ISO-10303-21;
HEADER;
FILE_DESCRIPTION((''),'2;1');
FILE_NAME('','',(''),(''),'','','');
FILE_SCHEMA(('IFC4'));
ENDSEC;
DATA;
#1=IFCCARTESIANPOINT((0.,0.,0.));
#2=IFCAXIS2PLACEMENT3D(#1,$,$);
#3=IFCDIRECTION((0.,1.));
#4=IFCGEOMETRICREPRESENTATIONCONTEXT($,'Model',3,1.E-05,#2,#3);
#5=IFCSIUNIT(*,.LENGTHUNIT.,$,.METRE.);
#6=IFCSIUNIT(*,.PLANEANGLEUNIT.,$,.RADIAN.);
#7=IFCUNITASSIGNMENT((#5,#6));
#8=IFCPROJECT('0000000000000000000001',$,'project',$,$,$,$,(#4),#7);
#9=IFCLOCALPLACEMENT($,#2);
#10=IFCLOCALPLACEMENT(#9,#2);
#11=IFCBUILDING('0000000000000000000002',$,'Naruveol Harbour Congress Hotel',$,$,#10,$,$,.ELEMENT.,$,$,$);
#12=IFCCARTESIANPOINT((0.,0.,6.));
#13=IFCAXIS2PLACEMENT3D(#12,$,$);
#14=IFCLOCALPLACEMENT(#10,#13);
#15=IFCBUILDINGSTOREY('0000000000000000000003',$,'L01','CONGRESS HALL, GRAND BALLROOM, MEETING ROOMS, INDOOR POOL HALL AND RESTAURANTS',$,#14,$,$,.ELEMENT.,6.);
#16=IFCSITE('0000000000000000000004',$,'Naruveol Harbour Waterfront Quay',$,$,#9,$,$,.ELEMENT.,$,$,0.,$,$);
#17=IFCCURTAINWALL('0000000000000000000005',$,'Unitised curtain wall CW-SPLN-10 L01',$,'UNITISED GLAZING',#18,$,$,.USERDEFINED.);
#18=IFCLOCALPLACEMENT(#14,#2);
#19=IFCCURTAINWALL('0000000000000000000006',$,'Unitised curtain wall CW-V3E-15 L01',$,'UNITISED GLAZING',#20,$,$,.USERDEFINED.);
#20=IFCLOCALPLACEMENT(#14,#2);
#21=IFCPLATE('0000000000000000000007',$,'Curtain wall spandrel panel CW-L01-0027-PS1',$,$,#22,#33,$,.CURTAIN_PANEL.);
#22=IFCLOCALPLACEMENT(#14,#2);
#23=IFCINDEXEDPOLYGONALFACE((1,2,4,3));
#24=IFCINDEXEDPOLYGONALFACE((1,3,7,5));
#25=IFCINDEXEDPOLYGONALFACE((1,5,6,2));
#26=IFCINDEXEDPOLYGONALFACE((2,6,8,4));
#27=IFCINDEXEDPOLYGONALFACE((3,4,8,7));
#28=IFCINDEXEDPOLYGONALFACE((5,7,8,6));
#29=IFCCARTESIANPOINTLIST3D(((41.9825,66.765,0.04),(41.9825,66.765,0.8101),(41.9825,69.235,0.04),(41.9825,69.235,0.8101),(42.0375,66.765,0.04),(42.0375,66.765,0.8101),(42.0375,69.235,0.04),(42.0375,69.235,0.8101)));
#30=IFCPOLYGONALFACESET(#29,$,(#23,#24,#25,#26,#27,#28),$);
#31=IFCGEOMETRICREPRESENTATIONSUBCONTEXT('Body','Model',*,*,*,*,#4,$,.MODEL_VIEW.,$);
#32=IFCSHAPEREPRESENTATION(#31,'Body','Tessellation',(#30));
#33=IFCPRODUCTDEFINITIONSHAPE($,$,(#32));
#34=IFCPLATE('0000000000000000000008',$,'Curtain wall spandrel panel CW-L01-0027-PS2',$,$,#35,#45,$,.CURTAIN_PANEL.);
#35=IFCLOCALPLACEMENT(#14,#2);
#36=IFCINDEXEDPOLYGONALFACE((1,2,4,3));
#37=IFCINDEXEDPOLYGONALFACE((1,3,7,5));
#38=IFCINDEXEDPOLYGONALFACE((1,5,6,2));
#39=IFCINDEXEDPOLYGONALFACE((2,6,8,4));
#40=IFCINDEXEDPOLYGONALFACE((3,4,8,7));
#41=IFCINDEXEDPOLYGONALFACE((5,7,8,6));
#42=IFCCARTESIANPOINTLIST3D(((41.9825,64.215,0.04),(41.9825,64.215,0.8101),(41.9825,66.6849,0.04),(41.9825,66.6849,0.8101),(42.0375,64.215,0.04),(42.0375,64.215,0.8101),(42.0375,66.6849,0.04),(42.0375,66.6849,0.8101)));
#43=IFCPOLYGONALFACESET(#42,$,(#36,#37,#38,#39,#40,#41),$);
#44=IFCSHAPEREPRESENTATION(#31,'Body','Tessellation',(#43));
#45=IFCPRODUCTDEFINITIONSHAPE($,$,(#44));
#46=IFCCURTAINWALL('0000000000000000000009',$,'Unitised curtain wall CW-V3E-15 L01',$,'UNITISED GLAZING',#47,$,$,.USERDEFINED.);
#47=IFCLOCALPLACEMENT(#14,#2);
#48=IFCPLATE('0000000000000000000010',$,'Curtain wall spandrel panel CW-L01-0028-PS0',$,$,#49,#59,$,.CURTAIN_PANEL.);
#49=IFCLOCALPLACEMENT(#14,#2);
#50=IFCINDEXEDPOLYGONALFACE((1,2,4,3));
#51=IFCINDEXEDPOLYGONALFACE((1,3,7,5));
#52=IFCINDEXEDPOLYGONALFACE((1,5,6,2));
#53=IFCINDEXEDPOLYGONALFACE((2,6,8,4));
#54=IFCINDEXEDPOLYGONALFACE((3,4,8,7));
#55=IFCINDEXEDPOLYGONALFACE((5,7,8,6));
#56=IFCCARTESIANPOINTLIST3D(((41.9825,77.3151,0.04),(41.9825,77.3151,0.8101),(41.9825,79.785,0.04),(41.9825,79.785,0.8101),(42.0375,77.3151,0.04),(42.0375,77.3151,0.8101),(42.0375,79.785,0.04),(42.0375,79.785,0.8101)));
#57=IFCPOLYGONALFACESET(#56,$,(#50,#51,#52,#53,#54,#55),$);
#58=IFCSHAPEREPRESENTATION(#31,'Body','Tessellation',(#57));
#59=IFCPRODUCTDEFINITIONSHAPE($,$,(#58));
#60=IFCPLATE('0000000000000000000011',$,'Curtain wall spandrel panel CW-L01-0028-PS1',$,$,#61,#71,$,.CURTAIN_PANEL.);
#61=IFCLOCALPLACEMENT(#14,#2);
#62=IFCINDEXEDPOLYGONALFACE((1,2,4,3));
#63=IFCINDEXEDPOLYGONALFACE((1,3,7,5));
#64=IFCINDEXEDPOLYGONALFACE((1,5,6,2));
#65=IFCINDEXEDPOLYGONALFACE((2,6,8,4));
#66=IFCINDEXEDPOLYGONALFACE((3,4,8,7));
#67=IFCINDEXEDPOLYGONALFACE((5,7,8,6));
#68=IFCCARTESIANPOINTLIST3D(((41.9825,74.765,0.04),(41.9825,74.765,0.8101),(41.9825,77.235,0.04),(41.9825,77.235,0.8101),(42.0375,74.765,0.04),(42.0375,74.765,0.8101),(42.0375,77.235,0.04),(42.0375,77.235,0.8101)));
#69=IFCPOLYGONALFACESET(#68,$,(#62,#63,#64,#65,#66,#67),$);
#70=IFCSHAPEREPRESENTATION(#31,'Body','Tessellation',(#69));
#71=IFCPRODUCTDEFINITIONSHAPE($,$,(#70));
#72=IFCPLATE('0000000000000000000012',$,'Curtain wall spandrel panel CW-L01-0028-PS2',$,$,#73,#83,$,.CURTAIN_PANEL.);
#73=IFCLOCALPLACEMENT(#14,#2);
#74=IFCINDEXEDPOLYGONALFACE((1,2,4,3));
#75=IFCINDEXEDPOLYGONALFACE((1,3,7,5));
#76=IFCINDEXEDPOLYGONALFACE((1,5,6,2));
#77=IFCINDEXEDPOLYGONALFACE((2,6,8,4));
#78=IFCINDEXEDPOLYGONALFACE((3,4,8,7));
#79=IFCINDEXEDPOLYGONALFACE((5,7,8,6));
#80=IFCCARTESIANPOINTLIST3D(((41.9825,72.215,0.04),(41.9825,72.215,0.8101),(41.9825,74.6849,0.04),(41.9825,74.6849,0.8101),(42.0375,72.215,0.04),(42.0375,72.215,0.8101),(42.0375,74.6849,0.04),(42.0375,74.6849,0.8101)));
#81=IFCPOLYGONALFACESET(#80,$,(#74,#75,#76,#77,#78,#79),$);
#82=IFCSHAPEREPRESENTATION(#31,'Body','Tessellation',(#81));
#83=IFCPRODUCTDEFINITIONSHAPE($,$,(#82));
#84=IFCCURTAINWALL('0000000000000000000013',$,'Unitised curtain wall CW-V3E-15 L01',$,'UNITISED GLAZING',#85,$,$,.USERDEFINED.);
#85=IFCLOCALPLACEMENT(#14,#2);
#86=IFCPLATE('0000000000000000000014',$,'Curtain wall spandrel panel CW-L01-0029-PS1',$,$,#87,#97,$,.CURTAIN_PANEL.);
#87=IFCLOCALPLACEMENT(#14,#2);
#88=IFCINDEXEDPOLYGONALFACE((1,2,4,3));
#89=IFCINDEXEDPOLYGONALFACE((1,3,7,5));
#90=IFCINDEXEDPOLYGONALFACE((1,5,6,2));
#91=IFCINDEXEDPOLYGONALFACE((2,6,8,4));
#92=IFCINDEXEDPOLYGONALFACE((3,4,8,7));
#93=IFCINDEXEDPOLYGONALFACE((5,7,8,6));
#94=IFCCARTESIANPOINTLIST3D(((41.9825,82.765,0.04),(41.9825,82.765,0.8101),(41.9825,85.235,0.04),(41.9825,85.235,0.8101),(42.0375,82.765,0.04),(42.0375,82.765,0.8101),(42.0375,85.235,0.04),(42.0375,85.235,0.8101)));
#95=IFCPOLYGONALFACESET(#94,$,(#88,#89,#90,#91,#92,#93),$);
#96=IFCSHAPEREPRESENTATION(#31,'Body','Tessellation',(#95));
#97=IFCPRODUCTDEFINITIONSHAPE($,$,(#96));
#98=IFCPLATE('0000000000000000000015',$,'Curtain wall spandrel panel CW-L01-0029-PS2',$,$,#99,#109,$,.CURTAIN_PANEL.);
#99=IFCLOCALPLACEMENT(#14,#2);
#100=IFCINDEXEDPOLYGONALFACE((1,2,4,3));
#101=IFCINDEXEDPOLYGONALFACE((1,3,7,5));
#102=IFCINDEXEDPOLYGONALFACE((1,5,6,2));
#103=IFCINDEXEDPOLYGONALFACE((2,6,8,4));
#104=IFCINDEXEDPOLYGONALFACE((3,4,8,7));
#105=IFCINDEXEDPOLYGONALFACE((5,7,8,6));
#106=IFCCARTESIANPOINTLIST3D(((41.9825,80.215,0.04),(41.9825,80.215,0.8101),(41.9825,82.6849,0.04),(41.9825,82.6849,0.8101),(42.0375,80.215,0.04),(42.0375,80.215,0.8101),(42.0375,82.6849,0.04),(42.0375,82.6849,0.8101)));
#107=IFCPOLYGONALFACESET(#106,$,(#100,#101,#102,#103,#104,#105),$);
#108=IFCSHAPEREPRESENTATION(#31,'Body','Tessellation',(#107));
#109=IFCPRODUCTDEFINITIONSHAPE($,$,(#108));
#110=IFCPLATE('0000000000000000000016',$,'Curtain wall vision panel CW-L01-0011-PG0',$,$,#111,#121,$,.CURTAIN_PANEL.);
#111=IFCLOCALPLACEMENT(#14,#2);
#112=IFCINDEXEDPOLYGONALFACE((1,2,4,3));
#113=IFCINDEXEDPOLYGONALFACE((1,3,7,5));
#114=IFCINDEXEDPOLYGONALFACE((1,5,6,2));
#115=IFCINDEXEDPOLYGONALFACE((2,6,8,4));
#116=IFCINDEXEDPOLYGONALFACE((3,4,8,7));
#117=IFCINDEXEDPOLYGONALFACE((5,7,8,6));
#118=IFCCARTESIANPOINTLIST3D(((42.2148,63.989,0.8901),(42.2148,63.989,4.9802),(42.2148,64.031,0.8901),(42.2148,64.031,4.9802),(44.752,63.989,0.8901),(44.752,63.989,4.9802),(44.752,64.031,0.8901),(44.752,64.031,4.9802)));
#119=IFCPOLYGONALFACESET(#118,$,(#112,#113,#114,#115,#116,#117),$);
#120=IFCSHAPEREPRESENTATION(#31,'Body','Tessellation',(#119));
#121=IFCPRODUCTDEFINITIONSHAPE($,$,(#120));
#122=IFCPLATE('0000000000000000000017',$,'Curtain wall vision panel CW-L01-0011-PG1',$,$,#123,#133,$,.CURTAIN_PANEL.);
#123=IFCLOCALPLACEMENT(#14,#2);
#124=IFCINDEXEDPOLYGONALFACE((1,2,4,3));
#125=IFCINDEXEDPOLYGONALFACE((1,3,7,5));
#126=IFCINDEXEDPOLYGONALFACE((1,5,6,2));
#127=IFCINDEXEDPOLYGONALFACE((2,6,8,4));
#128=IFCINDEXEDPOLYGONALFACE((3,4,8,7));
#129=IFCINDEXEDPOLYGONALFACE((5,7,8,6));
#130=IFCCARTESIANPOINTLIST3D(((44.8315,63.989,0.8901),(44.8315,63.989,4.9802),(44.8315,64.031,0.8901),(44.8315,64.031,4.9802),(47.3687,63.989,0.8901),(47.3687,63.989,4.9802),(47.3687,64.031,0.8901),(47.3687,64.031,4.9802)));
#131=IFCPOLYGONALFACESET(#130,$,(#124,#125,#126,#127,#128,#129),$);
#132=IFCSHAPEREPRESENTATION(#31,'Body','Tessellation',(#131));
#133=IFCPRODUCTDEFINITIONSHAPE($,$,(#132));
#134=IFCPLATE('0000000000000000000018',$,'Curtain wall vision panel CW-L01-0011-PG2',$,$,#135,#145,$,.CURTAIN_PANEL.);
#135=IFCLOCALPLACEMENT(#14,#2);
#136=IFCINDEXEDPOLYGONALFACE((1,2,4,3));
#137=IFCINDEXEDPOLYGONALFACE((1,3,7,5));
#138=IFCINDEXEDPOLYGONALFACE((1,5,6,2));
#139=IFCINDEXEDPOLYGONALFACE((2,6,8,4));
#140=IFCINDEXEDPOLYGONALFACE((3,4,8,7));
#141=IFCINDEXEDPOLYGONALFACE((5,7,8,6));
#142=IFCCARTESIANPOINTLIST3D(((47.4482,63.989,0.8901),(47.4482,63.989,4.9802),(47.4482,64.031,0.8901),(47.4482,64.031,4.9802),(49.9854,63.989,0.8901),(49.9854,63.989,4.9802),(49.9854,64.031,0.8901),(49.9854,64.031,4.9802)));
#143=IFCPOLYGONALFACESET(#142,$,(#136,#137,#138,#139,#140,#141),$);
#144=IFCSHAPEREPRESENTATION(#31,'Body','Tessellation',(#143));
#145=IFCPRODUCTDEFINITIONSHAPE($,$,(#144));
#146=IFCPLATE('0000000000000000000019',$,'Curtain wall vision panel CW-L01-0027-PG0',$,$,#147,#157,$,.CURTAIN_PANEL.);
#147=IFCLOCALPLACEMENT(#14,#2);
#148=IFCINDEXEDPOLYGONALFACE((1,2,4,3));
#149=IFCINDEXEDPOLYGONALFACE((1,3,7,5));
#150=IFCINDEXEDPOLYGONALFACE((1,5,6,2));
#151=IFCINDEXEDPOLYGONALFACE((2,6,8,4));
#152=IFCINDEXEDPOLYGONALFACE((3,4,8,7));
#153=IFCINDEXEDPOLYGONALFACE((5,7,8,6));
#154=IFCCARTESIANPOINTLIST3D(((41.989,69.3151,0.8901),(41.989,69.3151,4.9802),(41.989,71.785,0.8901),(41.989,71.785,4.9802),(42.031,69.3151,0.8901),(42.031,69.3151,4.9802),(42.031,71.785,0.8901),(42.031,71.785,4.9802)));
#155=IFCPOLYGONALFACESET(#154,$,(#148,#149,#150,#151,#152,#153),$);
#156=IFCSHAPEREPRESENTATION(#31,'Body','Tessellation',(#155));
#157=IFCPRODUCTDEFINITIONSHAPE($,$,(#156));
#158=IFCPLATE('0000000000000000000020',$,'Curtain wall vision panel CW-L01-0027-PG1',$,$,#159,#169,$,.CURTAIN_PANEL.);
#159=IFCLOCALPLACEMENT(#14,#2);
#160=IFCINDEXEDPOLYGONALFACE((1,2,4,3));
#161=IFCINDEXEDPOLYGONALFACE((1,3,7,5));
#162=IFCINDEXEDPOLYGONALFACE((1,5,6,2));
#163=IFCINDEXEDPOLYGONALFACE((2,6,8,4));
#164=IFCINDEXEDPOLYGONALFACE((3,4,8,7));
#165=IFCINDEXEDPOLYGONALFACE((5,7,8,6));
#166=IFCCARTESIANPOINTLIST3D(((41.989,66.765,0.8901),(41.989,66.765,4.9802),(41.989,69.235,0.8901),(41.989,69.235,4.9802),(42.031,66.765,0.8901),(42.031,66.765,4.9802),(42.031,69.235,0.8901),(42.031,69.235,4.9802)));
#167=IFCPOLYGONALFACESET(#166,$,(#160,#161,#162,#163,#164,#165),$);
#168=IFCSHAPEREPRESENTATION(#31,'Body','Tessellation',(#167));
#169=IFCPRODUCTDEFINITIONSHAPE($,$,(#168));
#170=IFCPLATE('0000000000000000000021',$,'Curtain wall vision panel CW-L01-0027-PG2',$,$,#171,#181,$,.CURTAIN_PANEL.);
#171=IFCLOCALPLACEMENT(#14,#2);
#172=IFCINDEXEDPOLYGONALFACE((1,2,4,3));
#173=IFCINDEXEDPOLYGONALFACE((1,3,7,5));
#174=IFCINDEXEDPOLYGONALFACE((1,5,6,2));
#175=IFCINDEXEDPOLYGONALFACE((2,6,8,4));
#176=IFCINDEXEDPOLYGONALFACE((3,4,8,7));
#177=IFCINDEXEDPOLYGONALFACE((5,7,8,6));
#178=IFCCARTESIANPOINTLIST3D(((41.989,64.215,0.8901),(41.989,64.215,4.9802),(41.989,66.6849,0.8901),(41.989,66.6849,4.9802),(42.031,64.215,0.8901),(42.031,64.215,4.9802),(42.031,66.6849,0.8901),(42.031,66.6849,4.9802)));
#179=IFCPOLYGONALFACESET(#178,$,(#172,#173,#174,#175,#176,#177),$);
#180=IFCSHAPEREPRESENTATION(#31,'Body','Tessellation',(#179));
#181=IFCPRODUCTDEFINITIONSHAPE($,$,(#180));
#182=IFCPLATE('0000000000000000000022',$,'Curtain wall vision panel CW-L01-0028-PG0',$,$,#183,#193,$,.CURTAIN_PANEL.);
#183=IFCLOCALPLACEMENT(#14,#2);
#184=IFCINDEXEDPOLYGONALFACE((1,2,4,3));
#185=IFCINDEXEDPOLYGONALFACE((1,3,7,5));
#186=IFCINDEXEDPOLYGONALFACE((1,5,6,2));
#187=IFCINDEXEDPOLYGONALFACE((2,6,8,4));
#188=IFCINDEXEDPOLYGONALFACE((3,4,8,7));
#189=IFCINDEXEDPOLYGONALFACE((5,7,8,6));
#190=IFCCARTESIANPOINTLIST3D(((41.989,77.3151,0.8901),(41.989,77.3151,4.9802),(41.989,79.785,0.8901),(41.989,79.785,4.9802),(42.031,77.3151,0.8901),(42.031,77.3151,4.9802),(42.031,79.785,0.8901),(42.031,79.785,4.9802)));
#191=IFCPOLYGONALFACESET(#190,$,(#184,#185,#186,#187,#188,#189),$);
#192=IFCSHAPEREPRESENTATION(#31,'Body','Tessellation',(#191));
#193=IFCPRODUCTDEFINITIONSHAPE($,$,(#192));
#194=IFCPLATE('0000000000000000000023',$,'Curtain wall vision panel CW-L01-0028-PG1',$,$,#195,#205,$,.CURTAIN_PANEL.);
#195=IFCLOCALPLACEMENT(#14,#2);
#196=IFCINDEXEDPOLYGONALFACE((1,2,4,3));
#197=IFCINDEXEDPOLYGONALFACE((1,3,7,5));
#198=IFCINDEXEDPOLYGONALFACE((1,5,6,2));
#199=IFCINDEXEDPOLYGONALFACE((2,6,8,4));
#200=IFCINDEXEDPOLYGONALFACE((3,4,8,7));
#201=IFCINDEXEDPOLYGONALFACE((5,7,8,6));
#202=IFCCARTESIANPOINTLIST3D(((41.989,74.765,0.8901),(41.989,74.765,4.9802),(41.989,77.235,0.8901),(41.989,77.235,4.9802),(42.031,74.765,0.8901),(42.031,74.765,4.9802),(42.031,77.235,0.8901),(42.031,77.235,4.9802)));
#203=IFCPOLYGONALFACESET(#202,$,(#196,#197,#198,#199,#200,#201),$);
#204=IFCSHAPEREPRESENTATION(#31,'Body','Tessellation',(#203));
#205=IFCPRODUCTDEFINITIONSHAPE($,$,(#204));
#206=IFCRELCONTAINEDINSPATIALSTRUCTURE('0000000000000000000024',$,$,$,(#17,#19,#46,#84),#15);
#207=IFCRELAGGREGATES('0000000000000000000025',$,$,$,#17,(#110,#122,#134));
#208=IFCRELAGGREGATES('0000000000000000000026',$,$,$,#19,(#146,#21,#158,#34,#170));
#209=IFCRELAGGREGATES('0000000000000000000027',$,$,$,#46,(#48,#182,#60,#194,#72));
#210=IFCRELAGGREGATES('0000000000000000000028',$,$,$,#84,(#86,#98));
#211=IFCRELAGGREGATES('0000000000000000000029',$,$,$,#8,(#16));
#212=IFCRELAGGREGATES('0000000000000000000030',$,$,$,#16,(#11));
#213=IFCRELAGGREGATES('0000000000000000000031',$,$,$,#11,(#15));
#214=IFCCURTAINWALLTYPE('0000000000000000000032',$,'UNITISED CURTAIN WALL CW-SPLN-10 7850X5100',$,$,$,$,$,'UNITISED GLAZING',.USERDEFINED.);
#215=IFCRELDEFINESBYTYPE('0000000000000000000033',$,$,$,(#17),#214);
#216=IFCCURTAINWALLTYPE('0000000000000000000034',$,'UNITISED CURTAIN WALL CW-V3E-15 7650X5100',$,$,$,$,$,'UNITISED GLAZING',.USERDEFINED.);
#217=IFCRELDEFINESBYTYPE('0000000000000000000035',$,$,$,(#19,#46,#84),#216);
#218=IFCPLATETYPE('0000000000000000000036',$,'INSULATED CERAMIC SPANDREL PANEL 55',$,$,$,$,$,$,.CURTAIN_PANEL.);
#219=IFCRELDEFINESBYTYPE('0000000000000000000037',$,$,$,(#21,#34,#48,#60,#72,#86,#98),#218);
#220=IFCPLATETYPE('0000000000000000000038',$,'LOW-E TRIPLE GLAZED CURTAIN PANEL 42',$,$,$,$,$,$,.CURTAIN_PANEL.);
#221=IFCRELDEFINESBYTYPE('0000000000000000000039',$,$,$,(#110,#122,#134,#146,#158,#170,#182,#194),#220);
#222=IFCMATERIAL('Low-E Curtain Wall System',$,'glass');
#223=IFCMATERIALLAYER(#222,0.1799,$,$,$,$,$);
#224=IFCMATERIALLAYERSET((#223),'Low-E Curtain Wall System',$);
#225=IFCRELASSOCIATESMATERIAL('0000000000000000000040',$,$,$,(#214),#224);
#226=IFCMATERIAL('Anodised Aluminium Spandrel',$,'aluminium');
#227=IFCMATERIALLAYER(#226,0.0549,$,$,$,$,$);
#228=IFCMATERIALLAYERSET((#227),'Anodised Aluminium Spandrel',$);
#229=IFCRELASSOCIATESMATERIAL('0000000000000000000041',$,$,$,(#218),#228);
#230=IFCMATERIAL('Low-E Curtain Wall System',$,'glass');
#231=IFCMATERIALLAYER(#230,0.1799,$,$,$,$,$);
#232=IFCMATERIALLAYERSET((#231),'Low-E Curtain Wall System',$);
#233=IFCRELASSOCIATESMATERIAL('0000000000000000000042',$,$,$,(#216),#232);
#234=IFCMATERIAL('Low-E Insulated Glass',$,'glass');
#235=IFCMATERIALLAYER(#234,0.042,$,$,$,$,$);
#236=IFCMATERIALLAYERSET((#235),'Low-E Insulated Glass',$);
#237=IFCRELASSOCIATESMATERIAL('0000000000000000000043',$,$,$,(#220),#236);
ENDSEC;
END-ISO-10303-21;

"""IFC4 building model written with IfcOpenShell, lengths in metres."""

from ifc_helpers import new_model, si_unit, direction, frame, origin, origin_2d, place, context, subcontext, project, spatial, rectangle, extrude, material, layer, layer_set, type_object, element, aggregate, save


model = new_model("IFC4")

# Units and contexts
model_context = context("Model", 3, precision=1e-05, world=origin(), true_north=direction((0.0, 1.0)))
body_context = subcontext(model_context, "Body", "Model", "MODEL_VIEW")
ifc_project = project(units=[si_unit("LENGTHUNIT", "METRE"), si_unit("PLANEANGLEUNIT", "RADIAN")], contexts=[model_context])

# Site, building, storey
site_placement = place(None, origin())
site = spatial("IfcSite", under=ifc_project, at=site_placement, Name="Naruveol Harbour Waterfront Quay", CompositionType="ELEMENT", RefElevation=0.0)
building_placement = place(site_placement, origin())
building = spatial("IfcBuilding", under=site, at=building_placement, Name="Naruveol Harbour Congress Hotel", CompositionType="ELEMENT")
storey_placement = place(building_placement, frame((0.0, 0.0, 6.0)))
storey = spatial("IfcBuildingStorey", under=building, at=storey_placement, Name="L01", Description="CONGRESS HALL, GRAND BALLROOM, MEETING ROOMS, INDOOR POOL HALL AND RESTAURANTS", CompositionType="ELEMENT", Elevation=6.0)

# Curtain wall
ifc_material_1 = material(Name="Low-E Curtain Wall System", Category="glass")
ifc_layer_1 = layer(ifc_material_1, 0.1799)
ifc_layer_set_1 = layer_set([ifc_layer_1], Name="Low-E Curtain Wall System")
curtain_wall_type_1 = type_object("IfcCurtainWallType", Name="UNITISED CURTAIN WALL CW-SPLN-10 7850X5100", ElementType="UNITISED GLAZING", PredefinedType="USERDEFINED", material=ifc_layer_set_1)
curtain_wall_1_placement = place(storey_placement, origin())
curtain_wall_1 = element("IfcCurtainWall", 1, at=curtain_wall_1_placement, inside=storey, type_object=curtain_wall_type_1, Name="Unitised curtain wall CW-SPLN-10 L01", ObjectType="UNITISED GLAZING", PredefinedType="USERDEFINED")
ifc_material_2 = material(Name="Anodised Aluminium Spandrel", Category="aluminium")
ifc_layer_2 = layer(ifc_material_2, 0.0549)
ifc_layer_set_2 = layer_set([ifc_layer_2], Name="Anodised Aluminium Spandrel")
plate_type_1 = type_object("IfcPlateType", Name="INSULATED CERAMIC SPANDREL PANEL 55", PredefinedType="CURTAIN_PANEL", material=ifc_layer_set_2)

# Curtain walls, plates
ifc_material_3 = material(Name="Low-E Curtain Wall System", Category="glass")
ifc_layer_3 = layer(ifc_material_3, 0.1799)
ifc_layer_set_3 = layer_set([ifc_layer_3], Name="Low-E Curtain Wall System")
curtain_wall_type_2 = type_object("IfcCurtainWallType", Name="UNITISED CURTAIN WALL CW-V3E-15 7650X5100", ElementType="UNITISED GLAZING", PredefinedType="USERDEFINED", material=ifc_layer_set_3)
curtain_wall_2_placement = place(storey_placement, origin())
curtain_wall_2 = element("IfcCurtainWall", 2, at=curtain_wall_2_placement, inside=storey, type_object=curtain_wall_type_2, Name="Unitised curtain wall CW-V3E-15 L01", ObjectType="UNITISED GLAZING", PredefinedType="USERDEFINED")
plate_1_placement = place(storey_placement, frame((42.01, 68.0, 0.04), z_axis=(0.0, 0.0, 1.0), x_axis=(0.0, -1.0, 0.0)))
plate_1 = element("IfcPlate", 3, at=plate_1_placement, type_object=plate_type_1, Name="Curtain wall spandrel panel CW-L01-0027-PS1", PredefinedType="CURTAIN_PANEL", context=body_context, shape_type="SweptSolid", body=[
    extrude(rectangle(XDim=2.47, YDim=0.0549, at=origin_2d()), origin(), (0.0, 0.0, 1.0), 0.77),
])
plate_2_placement = place(storey_placement, frame((42.01, 65.45, 0.04), z_axis=(0.0, 0.0, 1.0), x_axis=(0.0, -1.0, 0.0)))
plate_2 = element("IfcPlate", 4, at=plate_2_placement, type_object=plate_type_1, Name="Curtain wall spandrel panel CW-L01-0027-PS2", PredefinedType="CURTAIN_PANEL", context=body_context, shape_type="SweptSolid", body=[
    extrude(rectangle(XDim=2.47, YDim=0.0549, at=origin_2d()), origin(), (0.0, 0.0, 1.0), 0.77),
])
curtain_wall_3_placement = place(storey_placement, origin())
curtain_wall_3 = element("IfcCurtainWall", 5, at=curtain_wall_3_placement, inside=storey, type_object=curtain_wall_type_2, Name="Unitised curtain wall CW-V3E-15 L01", ObjectType="UNITISED GLAZING", PredefinedType="USERDEFINED")
plate_3_placement = place(storey_placement, frame((42.01, 78.55, 0.04), z_axis=(0.0, 0.0, 1.0), x_axis=(0.0, -1.0, 0.0)))
plate_3 = element("IfcPlate", 6, at=plate_3_placement, type_object=plate_type_1, Name="Curtain wall spandrel panel CW-L01-0028-PS0", PredefinedType="CURTAIN_PANEL", context=body_context, shape_type="SweptSolid", body=[
    extrude(rectangle(XDim=2.47, YDim=0.0549, at=origin_2d()), origin(), (0.0, 0.0, 1.0), 0.77),
])
plate_4_placement = place(storey_placement, frame((42.01, 76.0, 0.04), z_axis=(0.0, 0.0, 1.0), x_axis=(0.0, -1.0, 0.0)))
plate_4 = element("IfcPlate", 7, at=plate_4_placement, type_object=plate_type_1, Name="Curtain wall spandrel panel CW-L01-0028-PS1", PredefinedType="CURTAIN_PANEL", context=body_context, shape_type="SweptSolid", body=[
    extrude(rectangle(XDim=2.47, YDim=0.0549, at=origin_2d()), origin(), (0.0, 0.0, 1.0), 0.77),
])
plate_5_placement = place(storey_placement, frame((42.01, 73.45, 0.04), z_axis=(0.0, 0.0, 1.0), x_axis=(0.0, -1.0, 0.0)))
plate_5 = element("IfcPlate", 8, at=plate_5_placement, type_object=plate_type_1, Name="Curtain wall spandrel panel CW-L01-0028-PS2", PredefinedType="CURTAIN_PANEL", context=body_context, shape_type="SweptSolid", body=[
    extrude(rectangle(XDim=2.47, YDim=0.0549, at=origin_2d()), origin(), (0.0, 0.0, 1.0), 0.77),
])
curtain_wall_4_placement = place(storey_placement, origin())
curtain_wall_4 = element("IfcCurtainWall", 9, at=curtain_wall_4_placement, inside=storey, type_object=curtain_wall_type_2, Name="Unitised curtain wall CW-V3E-15 L01", ObjectType="UNITISED GLAZING", PredefinedType="USERDEFINED")
plate_6_placement = place(storey_placement, frame((42.01, 84.0, 0.04), z_axis=(0.0, 0.0, 1.0), x_axis=(0.0, -1.0, 0.0)))
plate_6 = element("IfcPlate", 10, at=plate_6_placement, type_object=plate_type_1, Name="Curtain wall spandrel panel CW-L01-0029-PS1", PredefinedType="CURTAIN_PANEL", context=body_context, shape_type="SweptSolid", body=[
    extrude(rectangle(XDim=2.47, YDim=0.0549, at=origin_2d()), origin(), (0.0, 0.0, 1.0), 0.77),
])
plate_7_placement = place(storey_placement, frame((42.01, 81.45, 0.04), z_axis=(0.0, 0.0, 1.0), x_axis=(0.0, -1.0, 0.0)))
plate_7 = element("IfcPlate", 11, at=plate_7_placement, type_object=plate_type_1, Name="Curtain wall spandrel panel CW-L01-0029-PS2", PredefinedType="CURTAIN_PANEL", context=body_context, shape_type="SweptSolid", body=[
    extrude(rectangle(XDim=2.47, YDim=0.0549, at=origin_2d()), origin(), (0.0, 0.0, 1.0), 0.77),
])

# Plates
ifc_material_4 = material(Name="Low-E Insulated Glass", Category="glass")
ifc_layer_4 = layer(ifc_material_4, 0.042)
ifc_layer_set_4 = layer_set([ifc_layer_4], Name="Low-E Insulated Glass")
plate_type_2 = type_object("IfcPlateType", Name="LOW-E TRIPLE GLAZED CURTAIN PANEL 42", PredefinedType="CURTAIN_PANEL", material=ifc_layer_set_4)
plate_8_placement = place(storey_placement, frame((43.4834, 64.01, 0.8901), z_axis=(0.0, 0.0, 1.0), x_axis=(1.0, 0.0, 0.0)))
plate_8 = element("IfcPlate", 12, at=plate_8_placement, type_object=plate_type_2, Name="Curtain wall vision panel CW-L01-0011-PG0", PredefinedType="CURTAIN_PANEL", context=body_context, shape_type="SweptSolid", body=[
    extrude(rectangle(XDim=2.5371, YDim=0.042, at=origin_2d()), origin(), (0.0, 0.0, 1.0), 4.0901),
])
plate_9_placement = place(storey_placement, frame((46.1001, 64.01, 0.8901), z_axis=(0.0, 0.0, 1.0), x_axis=(1.0, 0.0, 0.0)))
plate_9 = element("IfcPlate", 13, at=plate_9_placement, type_object=plate_type_2, Name="Curtain wall vision panel CW-L01-0011-PG1", PredefinedType="CURTAIN_PANEL", context=body_context, shape_type="SweptSolid", body=[
    extrude(rectangle(XDim=2.5371, YDim=0.042, at=origin_2d()), origin(), (0.0, 0.0, 1.0), 4.0901),
])
plate_10_placement = place(storey_placement, frame((48.7168, 64.01, 0.8901), z_axis=(0.0, 0.0, 1.0), x_axis=(1.0, 0.0, 0.0)))
plate_10 = element("IfcPlate", 14, at=plate_10_placement, type_object=plate_type_2, Name="Curtain wall vision panel CW-L01-0011-PG2", PredefinedType="CURTAIN_PANEL", context=body_context, shape_type="SweptSolid", body=[
    extrude(rectangle(XDim=2.5371, YDim=0.042, at=origin_2d()), origin(), (0.0, 0.0, 1.0), 4.0901),
])
aggregate(curtain_wall_1, [plate_8, plate_9, plate_10])
plate_11_placement = place(storey_placement, frame((42.01, 70.55, 0.8901), z_axis=(0.0, 0.0, 1.0), x_axis=(0.0, -1.0, 0.0)))
plate_11 = element("IfcPlate", 15, at=plate_11_placement, type_object=plate_type_2, Name="Curtain wall vision panel CW-L01-0027-PG0", PredefinedType="CURTAIN_PANEL", context=body_context, shape_type="SweptSolid", body=[
    extrude(rectangle(XDim=2.47, YDim=0.042, at=origin_2d()), origin(), (0.0, 0.0, 1.0), 4.0901),
])
plate_12_placement = place(storey_placement, frame((42.01, 68.0, 0.8901), z_axis=(0.0, 0.0, 1.0), x_axis=(0.0, -1.0, 0.0)))
plate_12 = element("IfcPlate", 16, at=plate_12_placement, type_object=plate_type_2, Name="Curtain wall vision panel CW-L01-0027-PG1", PredefinedType="CURTAIN_PANEL", context=body_context, shape_type="SweptSolid", body=[
    extrude(rectangle(XDim=2.47, YDim=0.042, at=origin_2d()), origin(), (0.0, 0.0, 1.0), 4.0901),
])
plate_13_placement = place(storey_placement, frame((42.01, 65.45, 0.8901), z_axis=(0.0, 0.0, 1.0), x_axis=(0.0, -1.0, 0.0)))
plate_13 = element("IfcPlate", 17, at=plate_13_placement, type_object=plate_type_2, Name="Curtain wall vision panel CW-L01-0027-PG2", PredefinedType="CURTAIN_PANEL", context=body_context, shape_type="SweptSolid", body=[
    extrude(rectangle(XDim=2.47, YDim=0.042, at=origin_2d()), origin(), (0.0, 0.0, 1.0), 4.0901),
])
aggregate(curtain_wall_2, [plate_11, plate_1, plate_12, plate_2, plate_13])
plate_14_placement = place(storey_placement, frame((42.01, 78.55, 0.8901), z_axis=(0.0, 0.0, 1.0), x_axis=(0.0, -1.0, 0.0)))
plate_14 = element("IfcPlate", 18, at=plate_14_placement, type_object=plate_type_2, Name="Curtain wall vision panel CW-L01-0028-PG0", PredefinedType="CURTAIN_PANEL", context=body_context, shape_type="SweptSolid", body=[
    extrude(rectangle(XDim=2.47, YDim=0.042, at=origin_2d()), origin(), (0.0, 0.0, 1.0), 4.0901),
])
plate_15_placement = place(storey_placement, frame((42.01, 76.0, 0.8901), z_axis=(0.0, 0.0, 1.0), x_axis=(0.0, -1.0, 0.0)))
plate_15 = element("IfcPlate", 19, at=plate_15_placement, type_object=plate_type_2, Name="Curtain wall vision panel CW-L01-0028-PG1", PredefinedType="CURTAIN_PANEL", context=body_context, shape_type="SweptSolid", body=[
    extrude(rectangle(XDim=2.47, YDim=0.042, at=origin_2d()), origin(), (0.0, 0.0, 1.0), 4.0901),
])
aggregate(curtain_wall_3, [plate_3, plate_14, plate_4, plate_15, plate_5])
aggregate(curtain_wall_4, [plate_6, plate_7])

save(model, "model.ifc")
